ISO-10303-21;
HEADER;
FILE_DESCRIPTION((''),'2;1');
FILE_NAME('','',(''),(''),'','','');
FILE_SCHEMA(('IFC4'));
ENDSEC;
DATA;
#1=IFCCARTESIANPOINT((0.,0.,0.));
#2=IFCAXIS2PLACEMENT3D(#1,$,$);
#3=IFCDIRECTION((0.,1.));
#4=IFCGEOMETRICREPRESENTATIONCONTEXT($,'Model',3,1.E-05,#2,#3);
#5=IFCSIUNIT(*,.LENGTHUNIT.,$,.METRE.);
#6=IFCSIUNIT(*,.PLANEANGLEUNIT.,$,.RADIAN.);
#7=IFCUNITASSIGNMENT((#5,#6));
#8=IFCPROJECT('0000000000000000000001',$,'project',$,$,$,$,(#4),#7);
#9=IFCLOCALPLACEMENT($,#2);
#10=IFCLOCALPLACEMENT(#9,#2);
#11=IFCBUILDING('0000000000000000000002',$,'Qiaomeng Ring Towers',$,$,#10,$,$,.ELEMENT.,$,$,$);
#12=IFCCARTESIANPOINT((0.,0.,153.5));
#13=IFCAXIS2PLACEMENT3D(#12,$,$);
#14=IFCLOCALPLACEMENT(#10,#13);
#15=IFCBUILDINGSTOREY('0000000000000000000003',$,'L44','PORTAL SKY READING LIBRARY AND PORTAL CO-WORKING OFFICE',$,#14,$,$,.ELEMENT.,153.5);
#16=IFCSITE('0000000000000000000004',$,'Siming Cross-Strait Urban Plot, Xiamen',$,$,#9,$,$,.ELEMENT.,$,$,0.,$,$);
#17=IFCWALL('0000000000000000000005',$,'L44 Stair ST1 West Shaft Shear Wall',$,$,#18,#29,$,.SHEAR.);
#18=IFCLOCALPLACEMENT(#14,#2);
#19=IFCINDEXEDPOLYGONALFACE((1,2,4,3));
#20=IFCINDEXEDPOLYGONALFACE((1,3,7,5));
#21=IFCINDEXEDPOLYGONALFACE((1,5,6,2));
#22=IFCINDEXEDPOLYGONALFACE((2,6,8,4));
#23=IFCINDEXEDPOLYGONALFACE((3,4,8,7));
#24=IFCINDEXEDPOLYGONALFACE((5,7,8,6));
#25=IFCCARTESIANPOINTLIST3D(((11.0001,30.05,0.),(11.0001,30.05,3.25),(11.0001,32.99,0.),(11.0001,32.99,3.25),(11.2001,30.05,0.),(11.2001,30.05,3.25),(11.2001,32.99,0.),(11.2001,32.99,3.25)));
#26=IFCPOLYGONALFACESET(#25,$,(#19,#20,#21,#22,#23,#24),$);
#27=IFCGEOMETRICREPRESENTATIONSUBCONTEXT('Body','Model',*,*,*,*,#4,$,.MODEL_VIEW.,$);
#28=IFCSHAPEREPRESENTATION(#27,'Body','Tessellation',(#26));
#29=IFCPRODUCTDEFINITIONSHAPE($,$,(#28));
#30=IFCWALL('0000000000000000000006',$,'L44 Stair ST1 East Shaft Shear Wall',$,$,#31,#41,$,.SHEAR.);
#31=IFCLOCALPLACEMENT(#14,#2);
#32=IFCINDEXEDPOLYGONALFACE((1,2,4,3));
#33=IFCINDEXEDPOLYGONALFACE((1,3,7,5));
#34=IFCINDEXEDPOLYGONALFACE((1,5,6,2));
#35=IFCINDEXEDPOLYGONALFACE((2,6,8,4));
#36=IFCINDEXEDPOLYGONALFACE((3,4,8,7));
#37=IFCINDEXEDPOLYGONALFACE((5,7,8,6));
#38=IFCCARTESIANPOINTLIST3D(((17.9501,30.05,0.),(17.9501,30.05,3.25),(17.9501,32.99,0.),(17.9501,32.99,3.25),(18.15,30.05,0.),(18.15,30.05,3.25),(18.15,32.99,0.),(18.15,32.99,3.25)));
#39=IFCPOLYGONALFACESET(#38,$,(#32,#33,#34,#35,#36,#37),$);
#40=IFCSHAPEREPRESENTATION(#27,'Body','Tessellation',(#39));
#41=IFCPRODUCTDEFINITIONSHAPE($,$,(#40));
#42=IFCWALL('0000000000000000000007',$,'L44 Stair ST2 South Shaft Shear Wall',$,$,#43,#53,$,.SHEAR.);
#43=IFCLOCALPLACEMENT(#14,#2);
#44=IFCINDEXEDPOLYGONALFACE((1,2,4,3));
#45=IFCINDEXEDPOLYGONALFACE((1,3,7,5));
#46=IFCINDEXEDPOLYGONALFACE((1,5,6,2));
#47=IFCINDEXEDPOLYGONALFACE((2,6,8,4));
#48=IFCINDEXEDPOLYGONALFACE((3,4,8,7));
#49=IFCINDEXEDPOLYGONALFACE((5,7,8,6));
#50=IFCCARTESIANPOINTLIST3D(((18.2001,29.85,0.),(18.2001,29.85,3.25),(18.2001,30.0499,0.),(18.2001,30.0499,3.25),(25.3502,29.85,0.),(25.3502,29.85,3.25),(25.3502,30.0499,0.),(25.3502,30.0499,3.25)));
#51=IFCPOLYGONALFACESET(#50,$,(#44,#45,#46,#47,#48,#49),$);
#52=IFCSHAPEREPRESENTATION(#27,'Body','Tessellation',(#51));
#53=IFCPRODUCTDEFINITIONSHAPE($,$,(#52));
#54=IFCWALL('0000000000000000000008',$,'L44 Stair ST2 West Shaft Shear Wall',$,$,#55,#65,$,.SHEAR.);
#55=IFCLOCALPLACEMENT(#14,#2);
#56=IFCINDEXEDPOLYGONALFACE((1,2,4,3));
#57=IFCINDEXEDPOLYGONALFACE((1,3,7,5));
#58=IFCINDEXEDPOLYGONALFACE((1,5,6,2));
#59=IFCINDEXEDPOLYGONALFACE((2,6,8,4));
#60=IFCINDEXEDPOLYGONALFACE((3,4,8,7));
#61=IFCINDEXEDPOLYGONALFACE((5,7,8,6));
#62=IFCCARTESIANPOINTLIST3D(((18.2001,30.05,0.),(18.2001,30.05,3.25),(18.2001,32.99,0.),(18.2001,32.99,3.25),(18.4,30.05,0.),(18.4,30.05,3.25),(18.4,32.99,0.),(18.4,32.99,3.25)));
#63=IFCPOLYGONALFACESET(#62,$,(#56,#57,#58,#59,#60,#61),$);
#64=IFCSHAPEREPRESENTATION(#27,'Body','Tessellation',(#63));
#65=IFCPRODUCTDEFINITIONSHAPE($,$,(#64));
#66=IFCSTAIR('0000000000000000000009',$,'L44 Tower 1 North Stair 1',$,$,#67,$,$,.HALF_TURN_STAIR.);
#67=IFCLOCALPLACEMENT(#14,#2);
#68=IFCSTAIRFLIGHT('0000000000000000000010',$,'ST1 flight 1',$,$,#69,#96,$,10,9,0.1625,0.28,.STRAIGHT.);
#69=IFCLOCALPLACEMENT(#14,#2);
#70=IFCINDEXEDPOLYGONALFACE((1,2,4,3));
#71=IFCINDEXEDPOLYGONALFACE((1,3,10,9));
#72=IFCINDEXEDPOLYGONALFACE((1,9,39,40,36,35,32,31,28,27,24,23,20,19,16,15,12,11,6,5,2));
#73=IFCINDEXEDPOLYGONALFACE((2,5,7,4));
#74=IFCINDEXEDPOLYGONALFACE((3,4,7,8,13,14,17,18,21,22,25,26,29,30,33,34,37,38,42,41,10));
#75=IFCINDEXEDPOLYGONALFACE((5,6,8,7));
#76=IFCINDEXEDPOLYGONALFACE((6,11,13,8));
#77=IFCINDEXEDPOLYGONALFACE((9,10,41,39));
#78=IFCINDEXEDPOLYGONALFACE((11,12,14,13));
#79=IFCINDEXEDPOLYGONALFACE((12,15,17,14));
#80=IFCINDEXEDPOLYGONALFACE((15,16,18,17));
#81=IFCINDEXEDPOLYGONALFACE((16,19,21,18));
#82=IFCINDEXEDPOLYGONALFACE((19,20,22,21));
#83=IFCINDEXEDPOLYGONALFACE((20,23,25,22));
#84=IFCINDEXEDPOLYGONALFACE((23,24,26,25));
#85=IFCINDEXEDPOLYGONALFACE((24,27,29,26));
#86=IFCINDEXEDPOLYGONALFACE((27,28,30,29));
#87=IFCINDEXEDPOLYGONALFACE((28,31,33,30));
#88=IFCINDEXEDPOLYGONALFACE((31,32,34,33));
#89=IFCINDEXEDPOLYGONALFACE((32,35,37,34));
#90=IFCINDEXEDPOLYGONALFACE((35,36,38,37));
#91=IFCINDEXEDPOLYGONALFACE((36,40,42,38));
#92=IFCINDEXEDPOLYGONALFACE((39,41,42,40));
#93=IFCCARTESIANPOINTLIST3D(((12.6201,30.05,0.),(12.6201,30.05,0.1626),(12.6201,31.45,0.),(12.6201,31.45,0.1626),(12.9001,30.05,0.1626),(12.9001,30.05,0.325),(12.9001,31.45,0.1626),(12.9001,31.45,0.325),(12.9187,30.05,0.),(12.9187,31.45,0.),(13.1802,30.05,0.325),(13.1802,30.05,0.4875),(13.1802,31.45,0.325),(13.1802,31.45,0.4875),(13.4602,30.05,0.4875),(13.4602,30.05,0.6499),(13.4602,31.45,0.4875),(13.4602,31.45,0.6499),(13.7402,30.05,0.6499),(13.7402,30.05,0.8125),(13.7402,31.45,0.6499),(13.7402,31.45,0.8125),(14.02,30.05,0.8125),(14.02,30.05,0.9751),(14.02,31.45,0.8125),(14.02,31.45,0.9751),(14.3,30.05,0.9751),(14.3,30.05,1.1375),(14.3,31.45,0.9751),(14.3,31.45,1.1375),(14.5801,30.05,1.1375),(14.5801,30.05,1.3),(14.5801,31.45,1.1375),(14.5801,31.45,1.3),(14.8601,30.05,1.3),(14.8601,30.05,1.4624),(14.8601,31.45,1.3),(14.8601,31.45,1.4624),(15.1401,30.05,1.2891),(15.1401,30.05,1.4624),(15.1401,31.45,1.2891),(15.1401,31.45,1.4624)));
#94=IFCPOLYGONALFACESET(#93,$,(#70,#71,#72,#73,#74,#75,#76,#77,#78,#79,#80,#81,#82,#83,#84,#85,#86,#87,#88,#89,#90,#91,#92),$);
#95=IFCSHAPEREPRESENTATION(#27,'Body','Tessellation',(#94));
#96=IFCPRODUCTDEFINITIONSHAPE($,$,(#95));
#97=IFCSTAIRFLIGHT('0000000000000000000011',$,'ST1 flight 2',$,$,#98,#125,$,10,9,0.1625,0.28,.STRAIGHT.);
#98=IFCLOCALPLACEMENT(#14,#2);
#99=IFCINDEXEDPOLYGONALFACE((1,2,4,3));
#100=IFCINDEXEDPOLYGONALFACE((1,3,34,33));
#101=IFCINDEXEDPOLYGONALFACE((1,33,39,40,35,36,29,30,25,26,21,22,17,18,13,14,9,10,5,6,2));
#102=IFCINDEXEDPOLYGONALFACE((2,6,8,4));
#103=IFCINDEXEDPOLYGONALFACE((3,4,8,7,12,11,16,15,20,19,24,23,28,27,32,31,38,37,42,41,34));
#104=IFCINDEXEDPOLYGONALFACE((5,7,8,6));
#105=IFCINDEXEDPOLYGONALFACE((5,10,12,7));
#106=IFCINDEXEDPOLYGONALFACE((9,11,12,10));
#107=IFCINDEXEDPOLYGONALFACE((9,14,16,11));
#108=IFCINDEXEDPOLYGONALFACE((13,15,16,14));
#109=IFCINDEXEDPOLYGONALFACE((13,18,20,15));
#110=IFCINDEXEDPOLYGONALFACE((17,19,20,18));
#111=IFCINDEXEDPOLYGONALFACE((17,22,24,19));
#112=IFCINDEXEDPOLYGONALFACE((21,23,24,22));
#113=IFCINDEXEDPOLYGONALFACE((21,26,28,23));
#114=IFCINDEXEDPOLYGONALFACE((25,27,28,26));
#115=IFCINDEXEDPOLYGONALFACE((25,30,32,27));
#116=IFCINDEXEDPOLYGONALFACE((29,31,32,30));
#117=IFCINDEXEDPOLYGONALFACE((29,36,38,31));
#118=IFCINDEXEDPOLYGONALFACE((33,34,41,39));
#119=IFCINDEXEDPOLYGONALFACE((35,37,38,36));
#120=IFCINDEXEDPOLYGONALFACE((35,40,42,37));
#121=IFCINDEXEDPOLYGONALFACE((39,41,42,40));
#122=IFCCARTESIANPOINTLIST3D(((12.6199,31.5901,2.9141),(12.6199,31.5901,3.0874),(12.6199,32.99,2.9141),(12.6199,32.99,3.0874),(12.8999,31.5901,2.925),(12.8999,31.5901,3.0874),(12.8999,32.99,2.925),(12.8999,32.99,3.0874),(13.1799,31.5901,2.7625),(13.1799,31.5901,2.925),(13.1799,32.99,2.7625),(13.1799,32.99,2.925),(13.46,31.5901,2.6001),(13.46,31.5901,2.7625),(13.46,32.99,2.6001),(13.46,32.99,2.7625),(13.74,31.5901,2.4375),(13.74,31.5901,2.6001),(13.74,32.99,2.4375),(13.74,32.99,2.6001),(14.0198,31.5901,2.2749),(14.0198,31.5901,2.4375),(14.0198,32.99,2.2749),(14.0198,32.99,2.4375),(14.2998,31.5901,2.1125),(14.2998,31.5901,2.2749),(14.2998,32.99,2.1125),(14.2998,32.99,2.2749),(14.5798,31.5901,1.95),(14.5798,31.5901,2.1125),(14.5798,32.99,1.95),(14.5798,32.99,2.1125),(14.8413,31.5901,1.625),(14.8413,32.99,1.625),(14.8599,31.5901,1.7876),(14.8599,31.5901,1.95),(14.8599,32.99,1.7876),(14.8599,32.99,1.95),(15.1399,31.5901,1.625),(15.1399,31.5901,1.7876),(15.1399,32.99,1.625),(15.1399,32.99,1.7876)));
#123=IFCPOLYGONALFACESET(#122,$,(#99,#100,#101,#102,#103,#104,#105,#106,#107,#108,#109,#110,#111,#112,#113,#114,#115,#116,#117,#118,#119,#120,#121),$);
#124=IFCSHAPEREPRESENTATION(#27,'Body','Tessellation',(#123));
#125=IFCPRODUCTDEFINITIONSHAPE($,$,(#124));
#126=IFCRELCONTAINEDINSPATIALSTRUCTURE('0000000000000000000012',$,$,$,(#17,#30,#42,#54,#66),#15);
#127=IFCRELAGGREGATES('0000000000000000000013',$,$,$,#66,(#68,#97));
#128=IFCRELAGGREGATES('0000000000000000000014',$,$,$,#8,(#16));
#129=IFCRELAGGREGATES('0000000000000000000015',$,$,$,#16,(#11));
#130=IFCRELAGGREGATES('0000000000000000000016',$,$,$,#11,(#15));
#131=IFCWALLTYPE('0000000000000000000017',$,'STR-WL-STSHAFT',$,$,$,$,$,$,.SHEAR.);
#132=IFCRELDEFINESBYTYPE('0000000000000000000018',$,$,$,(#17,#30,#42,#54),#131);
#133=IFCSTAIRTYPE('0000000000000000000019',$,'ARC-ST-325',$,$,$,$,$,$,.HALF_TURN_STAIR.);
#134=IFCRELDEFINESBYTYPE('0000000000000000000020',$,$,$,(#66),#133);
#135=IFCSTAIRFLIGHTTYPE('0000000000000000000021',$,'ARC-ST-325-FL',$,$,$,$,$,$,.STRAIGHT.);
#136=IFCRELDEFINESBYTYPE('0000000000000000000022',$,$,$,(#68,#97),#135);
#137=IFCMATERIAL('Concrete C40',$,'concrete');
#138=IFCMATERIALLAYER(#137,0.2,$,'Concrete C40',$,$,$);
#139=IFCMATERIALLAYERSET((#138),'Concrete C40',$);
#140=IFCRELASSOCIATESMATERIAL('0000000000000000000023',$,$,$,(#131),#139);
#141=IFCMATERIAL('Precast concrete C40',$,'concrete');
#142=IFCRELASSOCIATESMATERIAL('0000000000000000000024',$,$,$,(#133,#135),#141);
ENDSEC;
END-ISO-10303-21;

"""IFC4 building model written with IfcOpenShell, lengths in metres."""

from ifc_helpers import new_model, si_unit, direction, frame, frame_2d, origin, place, context, subcontext, project, spatial, polyline, rectangle, outline, extrude, source, transform, mapped, material, layer, layer_set, type_object, element, aggregate, save


model = new_model("IFC4")

# Units and contexts
model_context = context("Model", 3, precision=1e-05, world=origin(), true_north=direction((0.0, 1.0)))
body_context = subcontext(model_context, "Body", "Model", "MODEL_VIEW")
ifc_project = project(units=[si_unit("LENGTHUNIT", "METRE"), si_unit("PLANEANGLEUNIT", "RADIAN")], contexts=[model_context])

# Site, building, storey
site_placement = place(None, origin())
site = spatial("IfcSite", under=ifc_project, at=site_placement, Name="Siming Cross-Strait Urban Plot, Xiamen", CompositionType="ELEMENT", RefElevation=0.0)
building_placement = place(site_placement, origin())
building = spatial("IfcBuilding", under=site, at=building_placement, Name="Qiaomeng Ring Towers", CompositionType="ELEMENT")
storey_placement = place(building_placement, frame((0.0, 0.0, 153.5)))
storey = spatial("IfcBuildingStorey", under=building, at=storey_placement, Name="L44", Description="PORTAL SKY READING LIBRARY AND PORTAL CO-WORKING OFFICE", CompositionType="ELEMENT", Elevation=153.5)

# Walls
ifc_material_1 = material(Name="Concrete C40", Category="concrete")
ifc_layer = layer(ifc_material_1, 0.2, Name="Concrete C40")
ifc_layer_set = layer_set([ifc_layer], Name="Concrete C40")
wall_type = type_object("IfcWallType", Name="STR-WL-STSHAFT", PredefinedType="SHEAR", material=ifc_layer_set)
for number, where, z_axis, x_axis, name in (
    (1, (11.1001, 30.05, 0.0), (0.0, 0.0, 1.0), (0.0, 1.0, 0.0), "L44 Stair ST1 West Shaft Shear Wall"),
    (2, (18.05, 30.05, 0.0), (0.0, 0.0, 1.0), (0.0, 1.0, 0.0), "L44 Stair ST1 East Shaft Shear Wall"),
):
    element("IfcWall", number, at=place(storey_placement, frame(where, z_axis=z_axis, x_axis=x_axis)), inside=storey, type_object=wall_type, Name=name, PredefinedType="SHEAR", context=body_context, shape_type="SweptSolid", body=[
        extrude(rectangle(XDim=2.9399, YDim=0.2, at=frame_2d((1.47, 0.0))), origin(), (0.0, 0.0, 1.0), 3.25),
    ])
wall_1_placement = place(storey_placement, frame((18.2, 29.95, 0.0), z_axis=(0.0, 0.0, 1.0), x_axis=(1.0, 0.0, 0.0)))
element("IfcWall", 3, at=wall_1_placement, inside=storey, type_object=wall_type, Name="L44 Stair ST2 South Shaft Shear Wall", PredefinedType="SHEAR", context=body_context, shape_type="SweptSolid", body=[
    extrude(rectangle(XDim=7.1501, YDim=0.2, at=frame_2d((3.5752, 0.0))), origin(), (0.0, 0.0, 1.0), 3.25),
])
wall_2_placement = place(storey_placement, frame((18.3, 30.05, 0.0), z_axis=(0.0, 0.0, 1.0), x_axis=(0.0, 1.0, 0.0)))
element("IfcWall", 4, at=wall_2_placement, inside=storey, type_object=wall_type, Name="L44 Stair ST2 West Shaft Shear Wall", PredefinedType="SHEAR", context=body_context, shape_type="SweptSolid", body=[
    extrude(rectangle(XDim=2.9399, YDim=0.2, at=frame_2d((1.47, 0.0))), origin(), (0.0, 0.0, 1.0), 3.25),
])

# Stair, stair flights
ifc_material_2 = material(Name="Precast concrete C40", Category="concrete")
stair_type = type_object("IfcStairType", Name="ARC-ST-325", PredefinedType="HALF_TURN_STAIR", material=ifc_material_2)
stair_placement = place(storey_placement, origin())
stair = element("IfcStair", 5, at=stair_placement, inside=storey, type_object=stair_type, Name="L44 Tower 1 North Stair 1", PredefinedType="HALF_TURN_STAIR")
stair_flight_type = type_object("IfcStairFlightType", Name="ARC-ST-325-FL", PredefinedType="STRAIGHT", material=ifc_material_2)
shared_shape = source(origin(), body_context, "Body", "SweptSolid", [
    extrude(outline(polyline([(0.0, 0.0), (0.0, 0.1626), (0.28, 0.1626), (0.28, 0.325), (0.5601, 0.325), (0.5601, 0.4875), (0.8401, 0.4875), (0.8401, 0.6499), (1.1201, 0.6499), (1.1201, 0.8125), (1.3999, 0.8125), (1.3999, 0.9751), (1.6799, 0.9751), (1.6799, 1.1375), (1.96, 1.1375), (1.96, 1.3), (2.24, 1.3), (2.24, 1.4624), (2.52, 1.4624), (2.52, 1.625), (2.52, 1.2891), (0.2986, 0.0), (0.0, 0.0)])), frame((0.0, 0.7, 0.0), z_axis=(0.0, -1.0, 0.0), x_axis=(1.0, 0.0, 0.0)), (0.0, 0.0, 1.0), 1.3999),
])
stair_flight_1_placement = place(storey_placement, frame((12.6201, 30.75, 0.0), z_axis=(0.0, 0.0, 1.0), x_axis=(1.0, 0.0, 0.0)))
stair_flight_1 = element("IfcStairFlight", 6, at=stair_flight_1_placement, type_object=stair_flight_type, Name="ST1 flight 1", NumberOfRisers=10, NumberOfTreads=9, PredefinedType="STRAIGHT", RiserHeight=0.1625, TreadLength=0.28, context=body_context, shape_type="MappedRepresentation", body=[
    mapped(shared_shape, transform((0.0, 0.0, 0.0), x_axis=(1.0, 0.0, 0.0), y_axis=(0.0, 1.0, 0.0), z_axis=(0.0, 0.0, 1.0), scale=1.0)),
])
stair_flight_2_placement = place(storey_placement, frame((15.1399, 32.29, 1.625), z_axis=(0.0, 0.0, 1.0), x_axis=(-1.0, 0.0, 0.0)))
stair_flight_2 = element("IfcStairFlight", 7, at=stair_flight_2_placement, type_object=stair_flight_type, Name="ST1 flight 2", NumberOfRisers=10, NumberOfTreads=9, PredefinedType="STRAIGHT", RiserHeight=0.1625, TreadLength=0.28, context=body_context, shape_type="MappedRepresentation", body=[
    mapped(shared_shape, transform((0.0, 0.0, 0.0), x_axis=(1.0, 0.0, 0.0), y_axis=(0.0, 1.0, 0.0), z_axis=(0.0, 0.0, 1.0), scale=1.0)),
])
aggregate(stair, [stair_flight_1, stair_flight_2])

save(model, "model.ifc")
